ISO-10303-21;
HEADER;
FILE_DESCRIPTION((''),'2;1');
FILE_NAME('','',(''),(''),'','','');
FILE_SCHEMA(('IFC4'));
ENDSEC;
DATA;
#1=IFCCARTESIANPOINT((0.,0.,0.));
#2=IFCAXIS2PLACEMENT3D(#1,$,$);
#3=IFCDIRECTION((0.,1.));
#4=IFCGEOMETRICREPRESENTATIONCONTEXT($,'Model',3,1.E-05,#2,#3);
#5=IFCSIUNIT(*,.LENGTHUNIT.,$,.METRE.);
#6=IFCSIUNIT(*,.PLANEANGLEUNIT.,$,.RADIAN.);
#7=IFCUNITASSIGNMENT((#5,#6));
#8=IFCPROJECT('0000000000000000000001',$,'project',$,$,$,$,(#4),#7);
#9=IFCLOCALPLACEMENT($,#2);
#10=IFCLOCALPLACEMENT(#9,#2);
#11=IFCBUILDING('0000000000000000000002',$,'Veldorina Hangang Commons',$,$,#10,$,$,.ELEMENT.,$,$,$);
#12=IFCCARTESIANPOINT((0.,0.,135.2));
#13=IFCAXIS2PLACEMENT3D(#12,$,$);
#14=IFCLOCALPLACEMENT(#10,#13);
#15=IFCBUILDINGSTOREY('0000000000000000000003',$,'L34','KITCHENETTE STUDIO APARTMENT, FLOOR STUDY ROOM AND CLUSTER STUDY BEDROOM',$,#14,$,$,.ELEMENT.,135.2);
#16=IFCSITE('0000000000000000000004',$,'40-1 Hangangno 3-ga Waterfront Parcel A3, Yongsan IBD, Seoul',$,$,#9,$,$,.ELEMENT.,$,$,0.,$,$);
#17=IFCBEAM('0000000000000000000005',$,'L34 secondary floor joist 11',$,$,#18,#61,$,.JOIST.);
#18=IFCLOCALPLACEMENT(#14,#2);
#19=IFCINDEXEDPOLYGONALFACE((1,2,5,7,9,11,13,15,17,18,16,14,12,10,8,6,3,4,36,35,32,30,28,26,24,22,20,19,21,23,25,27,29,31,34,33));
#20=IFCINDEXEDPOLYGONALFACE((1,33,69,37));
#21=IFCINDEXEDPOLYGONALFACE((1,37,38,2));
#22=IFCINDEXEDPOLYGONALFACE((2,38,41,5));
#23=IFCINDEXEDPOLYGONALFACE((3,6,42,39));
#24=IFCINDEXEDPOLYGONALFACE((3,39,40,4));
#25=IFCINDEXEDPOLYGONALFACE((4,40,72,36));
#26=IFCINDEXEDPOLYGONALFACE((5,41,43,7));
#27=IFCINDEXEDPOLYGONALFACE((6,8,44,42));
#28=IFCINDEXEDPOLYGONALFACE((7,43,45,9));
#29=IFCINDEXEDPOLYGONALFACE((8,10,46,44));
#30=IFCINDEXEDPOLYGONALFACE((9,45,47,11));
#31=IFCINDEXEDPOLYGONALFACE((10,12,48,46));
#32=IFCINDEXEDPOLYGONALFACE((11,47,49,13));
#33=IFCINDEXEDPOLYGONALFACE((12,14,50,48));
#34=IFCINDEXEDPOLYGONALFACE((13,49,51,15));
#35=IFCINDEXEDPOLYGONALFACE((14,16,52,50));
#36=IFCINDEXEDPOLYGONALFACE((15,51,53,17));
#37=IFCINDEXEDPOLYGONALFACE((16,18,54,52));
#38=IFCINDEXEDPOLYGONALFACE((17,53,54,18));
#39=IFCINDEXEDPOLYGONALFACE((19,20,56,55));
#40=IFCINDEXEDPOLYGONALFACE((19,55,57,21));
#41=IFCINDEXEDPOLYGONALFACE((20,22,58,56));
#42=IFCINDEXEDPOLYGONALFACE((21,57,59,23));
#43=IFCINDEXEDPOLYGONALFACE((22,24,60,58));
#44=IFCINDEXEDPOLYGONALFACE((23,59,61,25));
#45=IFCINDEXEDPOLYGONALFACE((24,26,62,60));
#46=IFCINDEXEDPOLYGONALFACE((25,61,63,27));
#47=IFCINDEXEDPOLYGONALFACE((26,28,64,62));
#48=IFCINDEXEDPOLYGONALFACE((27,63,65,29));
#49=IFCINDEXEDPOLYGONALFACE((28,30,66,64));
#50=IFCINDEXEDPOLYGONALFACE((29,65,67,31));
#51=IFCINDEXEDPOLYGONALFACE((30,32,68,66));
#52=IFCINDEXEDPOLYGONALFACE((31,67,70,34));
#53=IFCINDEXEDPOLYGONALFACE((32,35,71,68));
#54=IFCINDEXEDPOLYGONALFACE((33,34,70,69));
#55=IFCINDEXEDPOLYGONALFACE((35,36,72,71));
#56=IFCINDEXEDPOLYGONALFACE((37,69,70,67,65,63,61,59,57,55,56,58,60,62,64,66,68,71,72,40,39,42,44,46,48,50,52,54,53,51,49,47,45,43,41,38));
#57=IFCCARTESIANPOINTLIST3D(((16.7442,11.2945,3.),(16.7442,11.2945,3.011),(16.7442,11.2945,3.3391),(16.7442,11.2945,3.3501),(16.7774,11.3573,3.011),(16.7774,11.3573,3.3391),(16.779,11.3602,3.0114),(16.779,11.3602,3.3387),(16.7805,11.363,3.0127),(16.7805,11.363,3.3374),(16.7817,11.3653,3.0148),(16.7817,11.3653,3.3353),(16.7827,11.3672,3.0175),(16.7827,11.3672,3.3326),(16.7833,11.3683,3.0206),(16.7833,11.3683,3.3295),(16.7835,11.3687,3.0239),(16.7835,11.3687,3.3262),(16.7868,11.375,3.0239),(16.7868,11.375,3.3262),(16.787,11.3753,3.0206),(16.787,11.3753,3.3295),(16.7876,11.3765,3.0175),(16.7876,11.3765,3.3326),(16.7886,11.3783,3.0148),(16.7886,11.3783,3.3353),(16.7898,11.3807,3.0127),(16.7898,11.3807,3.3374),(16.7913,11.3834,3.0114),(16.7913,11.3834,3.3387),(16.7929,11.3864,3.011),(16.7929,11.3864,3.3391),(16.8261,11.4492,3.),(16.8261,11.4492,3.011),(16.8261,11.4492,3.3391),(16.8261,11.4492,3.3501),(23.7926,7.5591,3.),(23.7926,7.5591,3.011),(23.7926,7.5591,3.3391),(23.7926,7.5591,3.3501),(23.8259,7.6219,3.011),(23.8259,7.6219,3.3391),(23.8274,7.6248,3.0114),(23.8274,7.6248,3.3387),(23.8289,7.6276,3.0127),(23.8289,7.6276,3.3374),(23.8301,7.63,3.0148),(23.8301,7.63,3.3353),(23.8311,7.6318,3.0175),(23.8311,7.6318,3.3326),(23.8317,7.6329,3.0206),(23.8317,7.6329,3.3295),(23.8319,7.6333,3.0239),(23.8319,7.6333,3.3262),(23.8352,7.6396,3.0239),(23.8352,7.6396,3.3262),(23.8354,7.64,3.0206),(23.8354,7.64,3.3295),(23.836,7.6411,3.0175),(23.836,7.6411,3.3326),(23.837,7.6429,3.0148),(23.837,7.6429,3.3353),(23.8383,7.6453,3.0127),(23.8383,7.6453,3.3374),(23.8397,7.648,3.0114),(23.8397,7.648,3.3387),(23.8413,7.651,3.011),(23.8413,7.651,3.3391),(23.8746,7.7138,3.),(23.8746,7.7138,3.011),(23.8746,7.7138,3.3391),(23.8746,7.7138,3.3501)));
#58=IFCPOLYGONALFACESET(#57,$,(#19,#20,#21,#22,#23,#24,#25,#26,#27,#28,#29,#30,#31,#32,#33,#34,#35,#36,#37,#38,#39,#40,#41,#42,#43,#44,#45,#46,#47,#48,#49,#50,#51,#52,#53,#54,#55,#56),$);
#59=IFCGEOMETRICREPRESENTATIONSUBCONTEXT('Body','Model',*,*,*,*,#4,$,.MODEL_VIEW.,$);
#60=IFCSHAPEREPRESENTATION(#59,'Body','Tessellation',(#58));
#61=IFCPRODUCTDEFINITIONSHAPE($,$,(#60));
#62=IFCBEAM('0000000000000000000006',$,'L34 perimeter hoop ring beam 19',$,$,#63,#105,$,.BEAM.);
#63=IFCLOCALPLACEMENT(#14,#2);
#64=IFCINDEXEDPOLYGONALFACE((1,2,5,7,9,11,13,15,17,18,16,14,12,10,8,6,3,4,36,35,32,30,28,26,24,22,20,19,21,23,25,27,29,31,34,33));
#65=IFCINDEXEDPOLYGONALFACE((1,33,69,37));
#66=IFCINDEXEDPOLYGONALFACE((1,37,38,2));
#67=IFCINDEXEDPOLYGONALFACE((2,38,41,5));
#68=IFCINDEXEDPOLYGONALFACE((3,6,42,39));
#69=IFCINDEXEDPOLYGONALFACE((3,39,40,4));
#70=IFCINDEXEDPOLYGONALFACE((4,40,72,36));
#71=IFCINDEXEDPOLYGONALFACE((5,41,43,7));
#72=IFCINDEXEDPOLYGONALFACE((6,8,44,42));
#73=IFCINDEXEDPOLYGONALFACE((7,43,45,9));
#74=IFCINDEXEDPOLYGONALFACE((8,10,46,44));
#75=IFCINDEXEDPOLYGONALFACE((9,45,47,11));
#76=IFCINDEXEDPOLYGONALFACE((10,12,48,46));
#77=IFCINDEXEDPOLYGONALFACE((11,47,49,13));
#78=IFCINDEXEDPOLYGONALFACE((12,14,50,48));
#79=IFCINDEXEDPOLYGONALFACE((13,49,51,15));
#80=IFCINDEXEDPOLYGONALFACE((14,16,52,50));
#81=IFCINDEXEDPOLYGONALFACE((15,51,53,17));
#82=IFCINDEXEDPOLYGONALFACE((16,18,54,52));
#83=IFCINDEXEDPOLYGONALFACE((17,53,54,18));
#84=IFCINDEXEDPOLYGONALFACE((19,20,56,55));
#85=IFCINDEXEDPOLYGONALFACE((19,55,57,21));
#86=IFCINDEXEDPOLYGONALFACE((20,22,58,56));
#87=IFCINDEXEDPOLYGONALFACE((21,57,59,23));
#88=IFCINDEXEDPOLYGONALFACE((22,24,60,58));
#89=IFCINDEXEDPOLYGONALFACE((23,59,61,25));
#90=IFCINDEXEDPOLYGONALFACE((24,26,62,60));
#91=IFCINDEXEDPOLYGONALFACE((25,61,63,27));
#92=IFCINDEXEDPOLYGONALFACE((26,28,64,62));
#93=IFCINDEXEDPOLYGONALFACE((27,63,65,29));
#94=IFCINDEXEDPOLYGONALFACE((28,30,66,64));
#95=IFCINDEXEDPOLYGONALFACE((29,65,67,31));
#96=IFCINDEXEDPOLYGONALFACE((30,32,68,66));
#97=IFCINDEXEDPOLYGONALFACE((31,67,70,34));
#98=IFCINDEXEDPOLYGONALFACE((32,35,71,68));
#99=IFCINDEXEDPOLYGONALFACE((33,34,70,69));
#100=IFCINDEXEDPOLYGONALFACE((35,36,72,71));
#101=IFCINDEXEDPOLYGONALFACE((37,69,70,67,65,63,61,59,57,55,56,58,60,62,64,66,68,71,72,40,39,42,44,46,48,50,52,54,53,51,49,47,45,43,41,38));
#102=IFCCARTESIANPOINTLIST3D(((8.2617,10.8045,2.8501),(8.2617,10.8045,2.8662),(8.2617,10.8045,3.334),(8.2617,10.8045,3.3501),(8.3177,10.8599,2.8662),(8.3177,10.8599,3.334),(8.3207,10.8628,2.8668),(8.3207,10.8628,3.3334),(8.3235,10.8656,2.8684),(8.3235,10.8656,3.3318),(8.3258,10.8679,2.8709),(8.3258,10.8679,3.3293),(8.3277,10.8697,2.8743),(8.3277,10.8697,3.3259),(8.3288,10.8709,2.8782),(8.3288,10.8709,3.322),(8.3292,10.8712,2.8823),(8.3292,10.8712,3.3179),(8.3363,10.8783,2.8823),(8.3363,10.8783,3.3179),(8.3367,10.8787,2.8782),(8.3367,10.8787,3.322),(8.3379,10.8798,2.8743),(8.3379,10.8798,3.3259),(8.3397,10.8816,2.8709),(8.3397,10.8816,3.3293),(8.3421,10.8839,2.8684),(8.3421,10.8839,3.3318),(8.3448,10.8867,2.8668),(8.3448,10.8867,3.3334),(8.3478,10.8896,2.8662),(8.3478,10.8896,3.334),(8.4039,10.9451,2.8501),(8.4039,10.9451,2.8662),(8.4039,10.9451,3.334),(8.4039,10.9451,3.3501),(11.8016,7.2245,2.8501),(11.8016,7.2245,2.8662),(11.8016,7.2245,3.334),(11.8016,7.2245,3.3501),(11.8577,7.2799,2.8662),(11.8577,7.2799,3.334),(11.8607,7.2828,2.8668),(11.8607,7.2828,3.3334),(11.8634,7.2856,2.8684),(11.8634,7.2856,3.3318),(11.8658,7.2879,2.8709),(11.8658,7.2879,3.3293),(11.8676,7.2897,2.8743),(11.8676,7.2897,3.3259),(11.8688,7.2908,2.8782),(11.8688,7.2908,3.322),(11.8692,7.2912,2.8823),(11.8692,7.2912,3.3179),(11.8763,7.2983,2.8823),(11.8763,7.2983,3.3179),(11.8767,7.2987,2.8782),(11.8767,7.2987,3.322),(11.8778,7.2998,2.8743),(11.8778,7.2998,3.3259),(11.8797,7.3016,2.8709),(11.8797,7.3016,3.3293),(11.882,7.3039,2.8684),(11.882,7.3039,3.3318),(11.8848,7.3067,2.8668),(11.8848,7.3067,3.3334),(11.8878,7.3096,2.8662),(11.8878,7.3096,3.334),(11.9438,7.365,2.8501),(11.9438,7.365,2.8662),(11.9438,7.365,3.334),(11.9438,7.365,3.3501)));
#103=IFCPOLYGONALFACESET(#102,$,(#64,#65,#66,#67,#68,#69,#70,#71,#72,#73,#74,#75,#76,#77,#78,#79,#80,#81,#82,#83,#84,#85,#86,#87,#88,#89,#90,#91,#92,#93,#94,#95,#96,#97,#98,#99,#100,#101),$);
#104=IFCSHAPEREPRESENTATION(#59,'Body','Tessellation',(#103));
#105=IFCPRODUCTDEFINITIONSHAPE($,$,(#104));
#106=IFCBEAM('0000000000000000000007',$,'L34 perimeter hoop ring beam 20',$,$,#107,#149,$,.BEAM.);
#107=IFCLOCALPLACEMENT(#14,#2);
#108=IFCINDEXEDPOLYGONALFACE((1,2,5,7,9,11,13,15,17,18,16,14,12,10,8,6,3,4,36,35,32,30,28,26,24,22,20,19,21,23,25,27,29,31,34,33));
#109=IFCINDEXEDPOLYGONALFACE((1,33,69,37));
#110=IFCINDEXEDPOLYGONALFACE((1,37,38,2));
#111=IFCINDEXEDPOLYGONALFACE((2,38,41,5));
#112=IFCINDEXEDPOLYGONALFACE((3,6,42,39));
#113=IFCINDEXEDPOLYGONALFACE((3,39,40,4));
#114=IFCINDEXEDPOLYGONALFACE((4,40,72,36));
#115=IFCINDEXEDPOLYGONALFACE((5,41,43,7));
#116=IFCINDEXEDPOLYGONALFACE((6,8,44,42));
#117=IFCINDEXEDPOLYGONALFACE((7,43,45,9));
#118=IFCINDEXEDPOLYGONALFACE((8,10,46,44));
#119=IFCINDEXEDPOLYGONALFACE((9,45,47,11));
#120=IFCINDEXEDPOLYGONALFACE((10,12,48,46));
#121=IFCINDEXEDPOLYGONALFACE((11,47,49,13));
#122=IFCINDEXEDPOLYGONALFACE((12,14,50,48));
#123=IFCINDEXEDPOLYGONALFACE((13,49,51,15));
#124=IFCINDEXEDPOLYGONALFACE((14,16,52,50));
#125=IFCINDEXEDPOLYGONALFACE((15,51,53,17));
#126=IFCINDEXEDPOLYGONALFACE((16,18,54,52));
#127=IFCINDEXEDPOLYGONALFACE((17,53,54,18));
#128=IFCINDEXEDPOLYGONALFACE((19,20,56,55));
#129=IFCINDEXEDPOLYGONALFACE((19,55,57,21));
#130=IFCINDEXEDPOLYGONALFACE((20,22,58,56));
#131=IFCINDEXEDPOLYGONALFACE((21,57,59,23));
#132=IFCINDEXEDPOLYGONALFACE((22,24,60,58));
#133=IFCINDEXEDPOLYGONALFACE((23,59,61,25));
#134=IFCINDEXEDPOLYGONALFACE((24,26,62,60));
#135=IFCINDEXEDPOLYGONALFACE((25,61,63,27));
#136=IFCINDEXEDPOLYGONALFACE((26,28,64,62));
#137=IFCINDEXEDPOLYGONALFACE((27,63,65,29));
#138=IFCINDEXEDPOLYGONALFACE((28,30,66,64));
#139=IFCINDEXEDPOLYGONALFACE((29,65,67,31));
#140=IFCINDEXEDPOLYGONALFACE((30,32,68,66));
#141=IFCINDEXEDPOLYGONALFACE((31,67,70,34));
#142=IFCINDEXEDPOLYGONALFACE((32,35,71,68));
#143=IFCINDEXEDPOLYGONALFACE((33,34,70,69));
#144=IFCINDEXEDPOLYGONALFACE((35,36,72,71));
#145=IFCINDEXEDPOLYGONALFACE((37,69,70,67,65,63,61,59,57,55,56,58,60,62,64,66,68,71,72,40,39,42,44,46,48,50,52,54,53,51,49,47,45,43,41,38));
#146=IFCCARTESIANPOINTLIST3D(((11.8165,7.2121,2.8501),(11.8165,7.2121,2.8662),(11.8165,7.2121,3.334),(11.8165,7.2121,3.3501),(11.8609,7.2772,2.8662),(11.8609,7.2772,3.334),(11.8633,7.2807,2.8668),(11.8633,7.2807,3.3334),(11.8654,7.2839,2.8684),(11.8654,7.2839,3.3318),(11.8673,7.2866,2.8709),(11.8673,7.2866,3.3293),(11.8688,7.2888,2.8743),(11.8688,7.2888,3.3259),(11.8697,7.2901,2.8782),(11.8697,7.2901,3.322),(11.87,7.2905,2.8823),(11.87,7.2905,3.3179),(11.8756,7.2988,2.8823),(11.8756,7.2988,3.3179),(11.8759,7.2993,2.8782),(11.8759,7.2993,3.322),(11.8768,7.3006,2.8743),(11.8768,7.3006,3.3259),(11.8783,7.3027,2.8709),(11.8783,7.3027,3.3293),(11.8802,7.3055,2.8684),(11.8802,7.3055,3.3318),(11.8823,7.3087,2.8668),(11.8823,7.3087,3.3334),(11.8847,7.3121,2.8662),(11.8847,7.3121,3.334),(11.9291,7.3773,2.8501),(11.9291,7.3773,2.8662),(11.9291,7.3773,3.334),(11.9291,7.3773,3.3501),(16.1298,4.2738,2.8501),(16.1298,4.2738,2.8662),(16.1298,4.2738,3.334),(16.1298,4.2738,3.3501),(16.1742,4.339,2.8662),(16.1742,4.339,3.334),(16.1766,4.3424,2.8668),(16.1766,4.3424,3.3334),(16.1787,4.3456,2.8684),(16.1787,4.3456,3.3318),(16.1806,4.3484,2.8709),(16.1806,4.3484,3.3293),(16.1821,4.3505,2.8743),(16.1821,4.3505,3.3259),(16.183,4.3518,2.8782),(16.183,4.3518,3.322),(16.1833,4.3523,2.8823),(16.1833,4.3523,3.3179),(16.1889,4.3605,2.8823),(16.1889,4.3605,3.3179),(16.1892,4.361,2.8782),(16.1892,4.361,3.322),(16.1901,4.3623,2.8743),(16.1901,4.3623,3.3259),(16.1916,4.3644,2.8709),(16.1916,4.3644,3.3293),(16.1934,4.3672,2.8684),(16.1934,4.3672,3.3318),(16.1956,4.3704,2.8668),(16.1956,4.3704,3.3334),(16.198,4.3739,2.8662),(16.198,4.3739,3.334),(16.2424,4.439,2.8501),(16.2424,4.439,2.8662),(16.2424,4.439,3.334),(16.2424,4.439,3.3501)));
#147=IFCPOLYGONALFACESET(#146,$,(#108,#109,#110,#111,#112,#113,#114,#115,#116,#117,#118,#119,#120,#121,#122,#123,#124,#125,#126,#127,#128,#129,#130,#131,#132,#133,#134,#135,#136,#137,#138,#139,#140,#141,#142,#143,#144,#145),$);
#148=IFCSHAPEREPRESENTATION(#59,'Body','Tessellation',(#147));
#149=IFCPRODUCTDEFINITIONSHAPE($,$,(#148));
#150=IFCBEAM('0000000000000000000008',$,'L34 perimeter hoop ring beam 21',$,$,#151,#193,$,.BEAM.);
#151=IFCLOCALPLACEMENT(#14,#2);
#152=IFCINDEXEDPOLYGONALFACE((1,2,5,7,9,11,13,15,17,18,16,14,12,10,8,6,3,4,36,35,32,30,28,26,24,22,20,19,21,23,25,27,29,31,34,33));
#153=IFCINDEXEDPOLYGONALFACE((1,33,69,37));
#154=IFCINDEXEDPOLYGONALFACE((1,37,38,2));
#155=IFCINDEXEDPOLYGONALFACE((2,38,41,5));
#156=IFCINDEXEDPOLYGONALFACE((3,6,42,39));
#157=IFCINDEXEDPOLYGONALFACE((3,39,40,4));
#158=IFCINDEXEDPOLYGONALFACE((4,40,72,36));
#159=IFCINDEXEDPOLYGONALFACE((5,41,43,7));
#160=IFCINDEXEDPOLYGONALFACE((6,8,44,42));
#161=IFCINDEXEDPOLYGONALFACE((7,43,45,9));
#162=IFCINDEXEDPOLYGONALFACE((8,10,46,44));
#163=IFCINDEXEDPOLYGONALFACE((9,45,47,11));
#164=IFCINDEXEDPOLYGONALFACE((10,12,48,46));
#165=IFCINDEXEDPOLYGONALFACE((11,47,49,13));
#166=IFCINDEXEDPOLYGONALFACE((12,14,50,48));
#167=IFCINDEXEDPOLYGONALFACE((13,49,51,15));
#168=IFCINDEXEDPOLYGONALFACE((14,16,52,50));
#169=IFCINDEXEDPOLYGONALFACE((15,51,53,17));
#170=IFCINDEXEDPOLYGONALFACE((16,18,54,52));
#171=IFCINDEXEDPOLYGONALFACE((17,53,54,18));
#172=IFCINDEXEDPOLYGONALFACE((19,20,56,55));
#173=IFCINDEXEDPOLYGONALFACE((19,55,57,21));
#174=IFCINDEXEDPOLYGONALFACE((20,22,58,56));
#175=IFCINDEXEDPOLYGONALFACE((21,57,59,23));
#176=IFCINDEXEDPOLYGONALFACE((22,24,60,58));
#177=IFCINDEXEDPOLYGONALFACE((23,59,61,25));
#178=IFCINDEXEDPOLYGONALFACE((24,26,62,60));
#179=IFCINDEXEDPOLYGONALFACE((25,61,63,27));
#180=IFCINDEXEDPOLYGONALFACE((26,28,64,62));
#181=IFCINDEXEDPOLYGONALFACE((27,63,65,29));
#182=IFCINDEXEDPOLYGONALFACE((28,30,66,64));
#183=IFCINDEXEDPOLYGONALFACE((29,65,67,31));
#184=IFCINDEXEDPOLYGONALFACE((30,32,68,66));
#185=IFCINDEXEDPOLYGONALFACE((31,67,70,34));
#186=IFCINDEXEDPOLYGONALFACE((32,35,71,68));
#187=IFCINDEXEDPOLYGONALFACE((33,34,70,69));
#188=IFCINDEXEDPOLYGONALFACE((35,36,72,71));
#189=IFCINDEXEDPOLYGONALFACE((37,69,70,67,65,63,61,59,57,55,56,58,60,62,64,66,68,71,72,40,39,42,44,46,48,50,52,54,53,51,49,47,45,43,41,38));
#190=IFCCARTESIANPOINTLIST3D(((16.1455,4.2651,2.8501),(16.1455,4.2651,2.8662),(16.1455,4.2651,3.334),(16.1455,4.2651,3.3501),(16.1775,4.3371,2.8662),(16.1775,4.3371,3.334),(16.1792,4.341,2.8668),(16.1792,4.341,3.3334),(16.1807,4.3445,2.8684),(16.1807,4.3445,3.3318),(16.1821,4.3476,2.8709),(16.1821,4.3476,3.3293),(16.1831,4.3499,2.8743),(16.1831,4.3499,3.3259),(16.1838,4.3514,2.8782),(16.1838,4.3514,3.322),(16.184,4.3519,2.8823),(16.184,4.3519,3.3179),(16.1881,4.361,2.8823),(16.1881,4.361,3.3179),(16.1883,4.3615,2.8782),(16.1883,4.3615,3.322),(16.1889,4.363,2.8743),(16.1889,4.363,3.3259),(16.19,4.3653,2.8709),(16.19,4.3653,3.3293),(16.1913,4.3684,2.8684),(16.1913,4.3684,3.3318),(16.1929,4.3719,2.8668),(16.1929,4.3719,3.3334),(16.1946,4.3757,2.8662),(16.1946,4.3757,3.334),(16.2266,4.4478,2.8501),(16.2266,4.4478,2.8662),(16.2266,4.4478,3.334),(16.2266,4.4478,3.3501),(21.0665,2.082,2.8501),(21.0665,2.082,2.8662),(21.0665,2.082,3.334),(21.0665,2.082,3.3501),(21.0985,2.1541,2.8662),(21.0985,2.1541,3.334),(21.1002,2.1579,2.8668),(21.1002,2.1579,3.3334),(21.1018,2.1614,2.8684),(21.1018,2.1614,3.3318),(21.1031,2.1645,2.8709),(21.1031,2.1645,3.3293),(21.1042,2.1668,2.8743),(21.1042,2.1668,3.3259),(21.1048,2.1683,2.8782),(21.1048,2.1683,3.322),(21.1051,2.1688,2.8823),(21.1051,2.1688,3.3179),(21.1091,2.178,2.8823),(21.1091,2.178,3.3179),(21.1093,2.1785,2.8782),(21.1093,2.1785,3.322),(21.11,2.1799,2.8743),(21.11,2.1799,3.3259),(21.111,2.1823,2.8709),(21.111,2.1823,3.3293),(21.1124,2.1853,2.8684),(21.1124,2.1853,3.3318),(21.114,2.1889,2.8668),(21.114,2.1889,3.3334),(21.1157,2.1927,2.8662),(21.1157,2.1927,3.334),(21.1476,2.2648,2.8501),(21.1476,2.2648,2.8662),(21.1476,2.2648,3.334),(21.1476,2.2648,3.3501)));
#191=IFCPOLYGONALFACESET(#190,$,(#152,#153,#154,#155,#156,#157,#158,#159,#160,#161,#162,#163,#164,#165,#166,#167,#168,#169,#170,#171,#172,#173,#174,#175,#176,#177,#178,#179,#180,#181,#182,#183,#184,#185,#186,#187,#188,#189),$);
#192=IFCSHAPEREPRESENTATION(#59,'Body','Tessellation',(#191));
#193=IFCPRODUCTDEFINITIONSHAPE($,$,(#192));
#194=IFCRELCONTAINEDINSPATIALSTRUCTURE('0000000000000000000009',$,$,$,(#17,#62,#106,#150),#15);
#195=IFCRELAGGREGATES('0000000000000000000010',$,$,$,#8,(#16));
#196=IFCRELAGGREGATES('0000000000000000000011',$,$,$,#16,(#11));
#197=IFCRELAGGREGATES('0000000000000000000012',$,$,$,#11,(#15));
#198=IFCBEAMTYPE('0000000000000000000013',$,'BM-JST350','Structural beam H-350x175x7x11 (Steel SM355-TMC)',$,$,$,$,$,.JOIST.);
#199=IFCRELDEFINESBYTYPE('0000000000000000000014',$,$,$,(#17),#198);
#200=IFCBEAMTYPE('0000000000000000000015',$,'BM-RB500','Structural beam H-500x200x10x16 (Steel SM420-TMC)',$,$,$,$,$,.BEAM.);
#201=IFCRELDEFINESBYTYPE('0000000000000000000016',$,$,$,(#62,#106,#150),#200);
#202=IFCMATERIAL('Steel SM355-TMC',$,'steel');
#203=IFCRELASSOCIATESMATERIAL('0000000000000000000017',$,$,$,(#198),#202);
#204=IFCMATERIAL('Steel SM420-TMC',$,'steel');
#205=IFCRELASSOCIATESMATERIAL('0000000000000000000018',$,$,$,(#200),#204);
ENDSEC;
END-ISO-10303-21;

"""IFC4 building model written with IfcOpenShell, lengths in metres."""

from ifc_helpers import new_model, si_unit, direction, frame, origin, origin_2d, place, context, subcontext, project, spatial, i_section, extrude, material, material_profile, profile_set, type_object, element, save


model = new_model("IFC4")

# Units and contexts
model_context = context("Model", 3, precision=1e-05, world=origin(), true_north=direction((0.0, 1.0)))
body_context = subcontext(model_context, "Body", "Model", "MODEL_VIEW")
ifc_project = project(units=[si_unit("LENGTHUNIT", "METRE"), si_unit("PLANEANGLEUNIT", "RADIAN")], contexts=[model_context])

# Site, building, storey
site_placement = place(None, origin())
site = spatial("IfcSite", under=ifc_project, at=site_placement, Name="40-1 Hangangno 3-ga Waterfront Parcel A3, Yongsan IBD, Seoul", CompositionType="ELEMENT", RefElevation=0.0)
building_placement = place(site_placement, origin())
building = spatial("IfcBuilding", under=site, at=building_placement, Name="Veldorina Hangang Commons", CompositionType="ELEMENT")
storey_placement = place(building_placement, frame((0.0, 0.0, 135.2)))
storey = spatial("IfcBuildingStorey", under=building, at=storey_placement, Name="L34", Description="KITCHENETTE STUDIO APARTMENT, FLOOR STUDY ROOM AND CLUSTER STUDY BEDROOM", CompositionType="ELEMENT", Elevation=135.2)

# Beams
ifc_material_1 = material(Name="Steel SM355-TMC", Category="steel")
ifc_material_profile_1 = material_profile(ifc_material_1, i_section(OverallWidth=0.175, OverallDepth=0.3501, WebThickness=0.0071, FlangeThickness=0.011, FilletRadius=0.0129, at=origin_2d()), Name="H-350x175x7x11")
ifc_profile_set_1 = profile_set([ifc_material_profile_1], Name="Steel SM355-TMC")
beam_type_1 = type_object("IfcBeamType", Name="BM-JST350", Description="Structural beam H-350x175x7x11 (Steel SM355-TMC)", PredefinedType="JOIST", material=ifc_profile_set_1)
beam_1_placement = place(storey_placement, frame((16.7852, 11.3718, 3.175), z_axis=(0.883587, -0.468267, 0.0), x_axis=(0.468267, 0.883587, 0.0)))
element("IfcBeam", 1, at=beam_1_placement, inside=storey, type_object=beam_type_1, Name="L34 secondary floor joist 11", PredefinedType="JOIST", context=body_context, shape_type="SweptSolid", body=[
    extrude(i_section(OverallWidth=0.175, OverallDepth=0.3501, WebThickness=0.0071, FlangeThickness=0.011, FilletRadius=0.0129, at=origin_2d()), origin(), (0.0, 0.0, 1.0), 7.9771),
])
ifc_material_2 = material(Name="Steel SM420-TMC", Category="steel")
ifc_material_profile_2 = material_profile(ifc_material_2, i_section(OverallWidth=0.2, OverallDepth=0.5, WebThickness=0.01, FlangeThickness=0.0161, FilletRadius=0.0161, at=origin_2d()), Name="H-500x200x10x16")
ifc_profile_set_2 = profile_set([ifc_material_profile_2], Name="Steel SM420-TMC")
beam_type_2 = type_object("IfcBeamType", Name="BM-RB500", Description="Structural beam H-500x200x10x16 (Steel SM420-TMC)", PredefinedType="BEAM", material=ifc_profile_set_2)
beam_2_placement = place(storey_placement, frame((8.3328, 10.8748, 3.1001), z_axis=(0.703119, -0.711072, 0.0), x_axis=(0.711072, 0.703119, 0.0)))
element("IfcBeam", 2, at=beam_2_placement, inside=storey, type_object=beam_type_2, Name="L34 perimeter hoop ring beam 19", PredefinedType="BEAM", context=body_context, shape_type="SweptSolid", body=[
    extrude(i_section(OverallWidth=0.2, OverallDepth=0.5, WebThickness=0.01, FlangeThickness=0.0161, FilletRadius=0.0161, at=origin_2d()), origin(), (0.0, 0.0, 1.0), 5.0347),
])
beam_3_placement = place(storey_placement, frame((11.8728, 7.2947, 3.1001), z_axis=(0.82646, -0.562996, 0.0), x_axis=(0.562996, 0.82646, 0.0)))
element("IfcBeam", 3, at=beam_3_placement, inside=storey, type_object=beam_type_2, Name="L34 perimeter hoop ring beam 20", PredefinedType="BEAM", context=body_context, shape_type="SweptSolid", body=[
    extrude(i_section(OverallWidth=0.2, OverallDepth=0.5, WebThickness=0.01, FlangeThickness=0.0161, FilletRadius=0.0161, at=origin_2d()), origin(), (0.0, 0.0, 1.0), 5.219),
])
beam_4_placement = place(storey_placement, frame((16.186, 4.3564, 3.1001), z_axis=(0.914092, -0.405507, 0.0), x_axis=(0.405507, 0.914092, 0.0)))
element("IfcBeam", 4, at=beam_4_placement, inside=storey, type_object=beam_type_2, Name="L34 perimeter hoop ring beam 21", PredefinedType="BEAM", context=body_context, shape_type="SweptSolid", body=[
    extrude(i_section(OverallWidth=0.2, OverallDepth=0.5, WebThickness=0.01, FlangeThickness=0.0161, FilletRadius=0.0161, at=origin_2d()), origin(), (0.0, 0.0, 1.0), 5.3835),
])

save(model, "model.ifc")
